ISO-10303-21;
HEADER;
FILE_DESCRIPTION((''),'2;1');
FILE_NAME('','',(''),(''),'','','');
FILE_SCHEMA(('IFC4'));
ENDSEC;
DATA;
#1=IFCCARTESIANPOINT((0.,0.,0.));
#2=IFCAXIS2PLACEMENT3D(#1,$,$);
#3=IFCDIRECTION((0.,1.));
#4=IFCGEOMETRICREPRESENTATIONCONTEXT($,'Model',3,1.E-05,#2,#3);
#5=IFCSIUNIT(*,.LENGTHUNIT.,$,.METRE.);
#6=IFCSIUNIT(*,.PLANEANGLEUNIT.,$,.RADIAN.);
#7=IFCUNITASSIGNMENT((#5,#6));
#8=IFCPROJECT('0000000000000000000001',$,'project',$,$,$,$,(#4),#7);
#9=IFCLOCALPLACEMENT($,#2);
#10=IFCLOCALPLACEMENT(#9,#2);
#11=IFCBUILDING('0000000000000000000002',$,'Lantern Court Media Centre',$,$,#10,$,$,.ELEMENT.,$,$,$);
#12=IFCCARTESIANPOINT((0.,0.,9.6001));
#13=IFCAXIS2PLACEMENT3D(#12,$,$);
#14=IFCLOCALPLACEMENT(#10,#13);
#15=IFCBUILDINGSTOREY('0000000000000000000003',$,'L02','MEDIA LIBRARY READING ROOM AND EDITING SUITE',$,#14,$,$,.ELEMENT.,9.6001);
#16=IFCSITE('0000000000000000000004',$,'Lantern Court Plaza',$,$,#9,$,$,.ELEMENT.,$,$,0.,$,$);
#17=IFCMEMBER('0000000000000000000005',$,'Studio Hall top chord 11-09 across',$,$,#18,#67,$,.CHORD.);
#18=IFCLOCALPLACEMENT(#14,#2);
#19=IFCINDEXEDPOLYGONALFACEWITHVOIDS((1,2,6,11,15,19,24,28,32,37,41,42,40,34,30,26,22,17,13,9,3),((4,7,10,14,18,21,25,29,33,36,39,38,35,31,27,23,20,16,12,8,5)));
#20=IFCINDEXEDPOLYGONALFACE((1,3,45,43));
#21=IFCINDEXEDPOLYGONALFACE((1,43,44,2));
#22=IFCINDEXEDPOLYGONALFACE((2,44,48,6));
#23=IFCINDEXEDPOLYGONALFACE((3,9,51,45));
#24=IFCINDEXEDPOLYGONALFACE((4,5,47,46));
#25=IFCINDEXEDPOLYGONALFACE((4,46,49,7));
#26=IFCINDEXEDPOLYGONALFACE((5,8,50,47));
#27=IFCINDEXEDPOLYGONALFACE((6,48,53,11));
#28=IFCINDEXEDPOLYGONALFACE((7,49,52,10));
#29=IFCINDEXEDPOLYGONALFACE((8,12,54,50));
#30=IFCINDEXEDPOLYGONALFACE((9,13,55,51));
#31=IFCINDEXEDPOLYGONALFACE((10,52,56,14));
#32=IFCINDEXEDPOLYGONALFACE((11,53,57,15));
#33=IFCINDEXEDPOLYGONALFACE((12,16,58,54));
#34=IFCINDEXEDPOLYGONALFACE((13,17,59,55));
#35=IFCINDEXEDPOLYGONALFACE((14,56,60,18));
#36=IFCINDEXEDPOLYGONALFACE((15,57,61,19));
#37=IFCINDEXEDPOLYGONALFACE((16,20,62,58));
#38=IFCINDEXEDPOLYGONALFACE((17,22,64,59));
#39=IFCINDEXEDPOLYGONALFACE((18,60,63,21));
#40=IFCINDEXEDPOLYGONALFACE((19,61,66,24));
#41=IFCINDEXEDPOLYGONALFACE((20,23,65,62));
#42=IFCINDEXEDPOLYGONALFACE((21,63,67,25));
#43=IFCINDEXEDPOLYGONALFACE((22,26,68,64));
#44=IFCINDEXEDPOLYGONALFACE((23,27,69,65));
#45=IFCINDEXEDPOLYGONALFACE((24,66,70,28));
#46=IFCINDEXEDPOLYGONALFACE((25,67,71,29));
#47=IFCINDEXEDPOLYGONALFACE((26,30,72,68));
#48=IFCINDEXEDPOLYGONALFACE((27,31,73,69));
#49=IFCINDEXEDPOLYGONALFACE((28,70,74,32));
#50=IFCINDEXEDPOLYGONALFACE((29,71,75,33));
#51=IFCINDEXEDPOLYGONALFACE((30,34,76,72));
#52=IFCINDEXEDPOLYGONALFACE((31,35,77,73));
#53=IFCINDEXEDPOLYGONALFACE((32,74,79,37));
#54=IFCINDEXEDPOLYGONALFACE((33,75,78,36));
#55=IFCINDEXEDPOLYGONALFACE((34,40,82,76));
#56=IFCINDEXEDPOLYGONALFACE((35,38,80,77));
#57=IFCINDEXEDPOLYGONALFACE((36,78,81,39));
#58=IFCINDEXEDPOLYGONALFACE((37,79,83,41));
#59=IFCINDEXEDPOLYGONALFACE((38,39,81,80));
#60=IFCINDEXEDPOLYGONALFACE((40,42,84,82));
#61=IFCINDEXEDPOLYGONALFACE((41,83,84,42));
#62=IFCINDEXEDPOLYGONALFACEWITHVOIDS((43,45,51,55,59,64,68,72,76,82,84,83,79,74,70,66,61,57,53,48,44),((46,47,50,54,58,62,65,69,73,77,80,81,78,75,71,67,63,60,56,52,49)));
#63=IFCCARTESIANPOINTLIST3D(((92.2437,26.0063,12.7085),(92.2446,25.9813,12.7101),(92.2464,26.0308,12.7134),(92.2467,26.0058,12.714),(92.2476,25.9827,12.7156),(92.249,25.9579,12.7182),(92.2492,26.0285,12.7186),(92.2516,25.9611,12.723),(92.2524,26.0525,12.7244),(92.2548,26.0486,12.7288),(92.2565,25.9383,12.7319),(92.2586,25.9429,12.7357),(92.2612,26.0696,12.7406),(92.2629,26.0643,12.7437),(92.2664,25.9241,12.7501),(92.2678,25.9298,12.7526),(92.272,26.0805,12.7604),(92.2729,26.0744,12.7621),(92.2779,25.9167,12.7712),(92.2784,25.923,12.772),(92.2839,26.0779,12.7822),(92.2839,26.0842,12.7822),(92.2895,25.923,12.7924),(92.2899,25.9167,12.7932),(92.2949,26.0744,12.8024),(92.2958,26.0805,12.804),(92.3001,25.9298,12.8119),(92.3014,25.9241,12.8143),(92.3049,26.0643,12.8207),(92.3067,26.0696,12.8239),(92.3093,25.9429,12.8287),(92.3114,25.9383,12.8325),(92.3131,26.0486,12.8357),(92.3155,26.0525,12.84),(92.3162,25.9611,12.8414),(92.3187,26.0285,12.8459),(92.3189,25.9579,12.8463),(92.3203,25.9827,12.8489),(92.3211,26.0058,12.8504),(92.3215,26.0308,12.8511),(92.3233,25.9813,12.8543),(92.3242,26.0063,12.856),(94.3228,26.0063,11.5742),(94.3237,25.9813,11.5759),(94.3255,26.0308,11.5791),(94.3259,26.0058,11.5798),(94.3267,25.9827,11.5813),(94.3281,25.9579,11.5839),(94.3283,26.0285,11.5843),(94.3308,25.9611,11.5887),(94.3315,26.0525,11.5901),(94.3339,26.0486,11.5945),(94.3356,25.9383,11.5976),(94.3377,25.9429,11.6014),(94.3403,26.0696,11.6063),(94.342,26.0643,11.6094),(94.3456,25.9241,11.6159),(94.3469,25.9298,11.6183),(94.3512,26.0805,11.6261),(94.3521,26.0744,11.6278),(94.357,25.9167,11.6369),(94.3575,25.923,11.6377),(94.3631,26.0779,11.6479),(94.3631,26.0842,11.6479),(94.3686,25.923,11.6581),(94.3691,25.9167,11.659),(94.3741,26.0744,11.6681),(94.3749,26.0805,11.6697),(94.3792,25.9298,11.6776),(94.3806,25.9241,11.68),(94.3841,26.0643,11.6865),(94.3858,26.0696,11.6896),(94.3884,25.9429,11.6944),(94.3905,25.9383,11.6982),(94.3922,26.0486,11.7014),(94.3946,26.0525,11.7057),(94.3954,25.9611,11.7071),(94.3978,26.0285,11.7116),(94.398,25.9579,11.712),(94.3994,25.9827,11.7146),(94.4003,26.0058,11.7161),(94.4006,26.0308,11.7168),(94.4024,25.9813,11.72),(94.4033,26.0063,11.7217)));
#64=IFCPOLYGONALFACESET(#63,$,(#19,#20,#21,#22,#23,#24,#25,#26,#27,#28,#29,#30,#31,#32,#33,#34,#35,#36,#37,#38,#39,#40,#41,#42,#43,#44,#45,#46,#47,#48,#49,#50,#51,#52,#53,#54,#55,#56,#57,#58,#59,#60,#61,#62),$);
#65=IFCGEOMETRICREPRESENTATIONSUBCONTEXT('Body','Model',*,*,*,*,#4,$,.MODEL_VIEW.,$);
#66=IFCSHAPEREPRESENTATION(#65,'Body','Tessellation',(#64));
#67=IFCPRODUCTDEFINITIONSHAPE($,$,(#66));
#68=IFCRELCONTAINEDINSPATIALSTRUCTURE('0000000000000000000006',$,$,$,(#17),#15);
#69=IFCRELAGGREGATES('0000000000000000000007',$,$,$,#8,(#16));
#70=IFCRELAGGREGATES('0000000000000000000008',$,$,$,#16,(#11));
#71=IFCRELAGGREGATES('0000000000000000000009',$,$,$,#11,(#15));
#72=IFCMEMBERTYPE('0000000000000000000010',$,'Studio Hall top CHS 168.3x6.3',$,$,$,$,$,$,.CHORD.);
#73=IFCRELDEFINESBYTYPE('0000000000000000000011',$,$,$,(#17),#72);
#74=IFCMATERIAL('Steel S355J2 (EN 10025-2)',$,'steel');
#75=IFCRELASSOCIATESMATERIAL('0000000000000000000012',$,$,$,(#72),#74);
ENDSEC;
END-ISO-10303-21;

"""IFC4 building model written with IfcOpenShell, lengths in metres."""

from ifc_helpers import new_model, si_unit, direction, frame, origin, origin_2d, place, context, subcontext, project, spatial, hollow_circle, extrude, material, material_profile, profile_set, type_object, element, save


model = new_model("IFC4")

# Units and contexts
model_context = context("Model", 3, precision=1e-05, world=origin(), true_north=direction((0.0, 1.0)))
body_context = subcontext(model_context, "Body", "Model", "MODEL_VIEW")
ifc_project = project(units=[si_unit("LENGTHUNIT", "METRE"), si_unit("PLANEANGLEUNIT", "RADIAN")], contexts=[model_context])

# Site, building, storey
site_placement = place(None, origin())
site = spatial("IfcSite", under=ifc_project, at=site_placement, Name="Lantern Court Plaza", CompositionType="ELEMENT", RefElevation=0.0)
building_placement = place(site_placement, origin())
building = spatial("IfcBuilding", under=site, at=building_placement, Name="Lantern Court Media Centre", CompositionType="ELEMENT")
storey_placement = place(building_placement, frame((0.0, 0.0, 9.6001)))
storey = spatial("IfcBuildingStorey", under=building, at=storey_placement, Name="L02", Description="MEDIA LIBRARY READING ROOM AND EDITING SUITE", CompositionType="ELEMENT", Elevation=9.6001)

# Member
ifc_material = material(Name="Steel S355J2 (EN 10025-2)", Category="steel")
ifc_material_profile_1 = material_profile(ifc_material, hollow_circle(Radius=0.0842, WallThickness=0.0063, at=origin_2d()), Name="Studio Hall top CHS 168.3x6.3")
ifc_profile_set_1 = profile_set([ifc_material_profile_1], Name="Steel S355J2 (EN 10025-2)")
member_type_1 = type_object("IfcMemberType", Name="Studio Hall top CHS 168.3x6.3", PredefinedType="CHORD", material=ifc_profile_set_1)
member_1_placement = place(storey_placement, frame((92.2839, 26.0, 12.7822), z_axis=(0.877856, 0.0, -0.478924), x_axis=(0.0, 1.0, 0.0)))
element("IfcMember", 1, at=member_1_placement, inside=storey, type_object=member_type_1, Name="Studio Hall top chord 11-09 across", PredefinedType="CHORD", context=body_context, shape_type="SweptSolid", body=[
    extrude(hollow_circle(Radius=0.0842, WallThickness=0.0063, at=origin_2d()), origin(), (0.0, 0.0, 1.0), 2.3684),
])

save(model, "model.ifc")
